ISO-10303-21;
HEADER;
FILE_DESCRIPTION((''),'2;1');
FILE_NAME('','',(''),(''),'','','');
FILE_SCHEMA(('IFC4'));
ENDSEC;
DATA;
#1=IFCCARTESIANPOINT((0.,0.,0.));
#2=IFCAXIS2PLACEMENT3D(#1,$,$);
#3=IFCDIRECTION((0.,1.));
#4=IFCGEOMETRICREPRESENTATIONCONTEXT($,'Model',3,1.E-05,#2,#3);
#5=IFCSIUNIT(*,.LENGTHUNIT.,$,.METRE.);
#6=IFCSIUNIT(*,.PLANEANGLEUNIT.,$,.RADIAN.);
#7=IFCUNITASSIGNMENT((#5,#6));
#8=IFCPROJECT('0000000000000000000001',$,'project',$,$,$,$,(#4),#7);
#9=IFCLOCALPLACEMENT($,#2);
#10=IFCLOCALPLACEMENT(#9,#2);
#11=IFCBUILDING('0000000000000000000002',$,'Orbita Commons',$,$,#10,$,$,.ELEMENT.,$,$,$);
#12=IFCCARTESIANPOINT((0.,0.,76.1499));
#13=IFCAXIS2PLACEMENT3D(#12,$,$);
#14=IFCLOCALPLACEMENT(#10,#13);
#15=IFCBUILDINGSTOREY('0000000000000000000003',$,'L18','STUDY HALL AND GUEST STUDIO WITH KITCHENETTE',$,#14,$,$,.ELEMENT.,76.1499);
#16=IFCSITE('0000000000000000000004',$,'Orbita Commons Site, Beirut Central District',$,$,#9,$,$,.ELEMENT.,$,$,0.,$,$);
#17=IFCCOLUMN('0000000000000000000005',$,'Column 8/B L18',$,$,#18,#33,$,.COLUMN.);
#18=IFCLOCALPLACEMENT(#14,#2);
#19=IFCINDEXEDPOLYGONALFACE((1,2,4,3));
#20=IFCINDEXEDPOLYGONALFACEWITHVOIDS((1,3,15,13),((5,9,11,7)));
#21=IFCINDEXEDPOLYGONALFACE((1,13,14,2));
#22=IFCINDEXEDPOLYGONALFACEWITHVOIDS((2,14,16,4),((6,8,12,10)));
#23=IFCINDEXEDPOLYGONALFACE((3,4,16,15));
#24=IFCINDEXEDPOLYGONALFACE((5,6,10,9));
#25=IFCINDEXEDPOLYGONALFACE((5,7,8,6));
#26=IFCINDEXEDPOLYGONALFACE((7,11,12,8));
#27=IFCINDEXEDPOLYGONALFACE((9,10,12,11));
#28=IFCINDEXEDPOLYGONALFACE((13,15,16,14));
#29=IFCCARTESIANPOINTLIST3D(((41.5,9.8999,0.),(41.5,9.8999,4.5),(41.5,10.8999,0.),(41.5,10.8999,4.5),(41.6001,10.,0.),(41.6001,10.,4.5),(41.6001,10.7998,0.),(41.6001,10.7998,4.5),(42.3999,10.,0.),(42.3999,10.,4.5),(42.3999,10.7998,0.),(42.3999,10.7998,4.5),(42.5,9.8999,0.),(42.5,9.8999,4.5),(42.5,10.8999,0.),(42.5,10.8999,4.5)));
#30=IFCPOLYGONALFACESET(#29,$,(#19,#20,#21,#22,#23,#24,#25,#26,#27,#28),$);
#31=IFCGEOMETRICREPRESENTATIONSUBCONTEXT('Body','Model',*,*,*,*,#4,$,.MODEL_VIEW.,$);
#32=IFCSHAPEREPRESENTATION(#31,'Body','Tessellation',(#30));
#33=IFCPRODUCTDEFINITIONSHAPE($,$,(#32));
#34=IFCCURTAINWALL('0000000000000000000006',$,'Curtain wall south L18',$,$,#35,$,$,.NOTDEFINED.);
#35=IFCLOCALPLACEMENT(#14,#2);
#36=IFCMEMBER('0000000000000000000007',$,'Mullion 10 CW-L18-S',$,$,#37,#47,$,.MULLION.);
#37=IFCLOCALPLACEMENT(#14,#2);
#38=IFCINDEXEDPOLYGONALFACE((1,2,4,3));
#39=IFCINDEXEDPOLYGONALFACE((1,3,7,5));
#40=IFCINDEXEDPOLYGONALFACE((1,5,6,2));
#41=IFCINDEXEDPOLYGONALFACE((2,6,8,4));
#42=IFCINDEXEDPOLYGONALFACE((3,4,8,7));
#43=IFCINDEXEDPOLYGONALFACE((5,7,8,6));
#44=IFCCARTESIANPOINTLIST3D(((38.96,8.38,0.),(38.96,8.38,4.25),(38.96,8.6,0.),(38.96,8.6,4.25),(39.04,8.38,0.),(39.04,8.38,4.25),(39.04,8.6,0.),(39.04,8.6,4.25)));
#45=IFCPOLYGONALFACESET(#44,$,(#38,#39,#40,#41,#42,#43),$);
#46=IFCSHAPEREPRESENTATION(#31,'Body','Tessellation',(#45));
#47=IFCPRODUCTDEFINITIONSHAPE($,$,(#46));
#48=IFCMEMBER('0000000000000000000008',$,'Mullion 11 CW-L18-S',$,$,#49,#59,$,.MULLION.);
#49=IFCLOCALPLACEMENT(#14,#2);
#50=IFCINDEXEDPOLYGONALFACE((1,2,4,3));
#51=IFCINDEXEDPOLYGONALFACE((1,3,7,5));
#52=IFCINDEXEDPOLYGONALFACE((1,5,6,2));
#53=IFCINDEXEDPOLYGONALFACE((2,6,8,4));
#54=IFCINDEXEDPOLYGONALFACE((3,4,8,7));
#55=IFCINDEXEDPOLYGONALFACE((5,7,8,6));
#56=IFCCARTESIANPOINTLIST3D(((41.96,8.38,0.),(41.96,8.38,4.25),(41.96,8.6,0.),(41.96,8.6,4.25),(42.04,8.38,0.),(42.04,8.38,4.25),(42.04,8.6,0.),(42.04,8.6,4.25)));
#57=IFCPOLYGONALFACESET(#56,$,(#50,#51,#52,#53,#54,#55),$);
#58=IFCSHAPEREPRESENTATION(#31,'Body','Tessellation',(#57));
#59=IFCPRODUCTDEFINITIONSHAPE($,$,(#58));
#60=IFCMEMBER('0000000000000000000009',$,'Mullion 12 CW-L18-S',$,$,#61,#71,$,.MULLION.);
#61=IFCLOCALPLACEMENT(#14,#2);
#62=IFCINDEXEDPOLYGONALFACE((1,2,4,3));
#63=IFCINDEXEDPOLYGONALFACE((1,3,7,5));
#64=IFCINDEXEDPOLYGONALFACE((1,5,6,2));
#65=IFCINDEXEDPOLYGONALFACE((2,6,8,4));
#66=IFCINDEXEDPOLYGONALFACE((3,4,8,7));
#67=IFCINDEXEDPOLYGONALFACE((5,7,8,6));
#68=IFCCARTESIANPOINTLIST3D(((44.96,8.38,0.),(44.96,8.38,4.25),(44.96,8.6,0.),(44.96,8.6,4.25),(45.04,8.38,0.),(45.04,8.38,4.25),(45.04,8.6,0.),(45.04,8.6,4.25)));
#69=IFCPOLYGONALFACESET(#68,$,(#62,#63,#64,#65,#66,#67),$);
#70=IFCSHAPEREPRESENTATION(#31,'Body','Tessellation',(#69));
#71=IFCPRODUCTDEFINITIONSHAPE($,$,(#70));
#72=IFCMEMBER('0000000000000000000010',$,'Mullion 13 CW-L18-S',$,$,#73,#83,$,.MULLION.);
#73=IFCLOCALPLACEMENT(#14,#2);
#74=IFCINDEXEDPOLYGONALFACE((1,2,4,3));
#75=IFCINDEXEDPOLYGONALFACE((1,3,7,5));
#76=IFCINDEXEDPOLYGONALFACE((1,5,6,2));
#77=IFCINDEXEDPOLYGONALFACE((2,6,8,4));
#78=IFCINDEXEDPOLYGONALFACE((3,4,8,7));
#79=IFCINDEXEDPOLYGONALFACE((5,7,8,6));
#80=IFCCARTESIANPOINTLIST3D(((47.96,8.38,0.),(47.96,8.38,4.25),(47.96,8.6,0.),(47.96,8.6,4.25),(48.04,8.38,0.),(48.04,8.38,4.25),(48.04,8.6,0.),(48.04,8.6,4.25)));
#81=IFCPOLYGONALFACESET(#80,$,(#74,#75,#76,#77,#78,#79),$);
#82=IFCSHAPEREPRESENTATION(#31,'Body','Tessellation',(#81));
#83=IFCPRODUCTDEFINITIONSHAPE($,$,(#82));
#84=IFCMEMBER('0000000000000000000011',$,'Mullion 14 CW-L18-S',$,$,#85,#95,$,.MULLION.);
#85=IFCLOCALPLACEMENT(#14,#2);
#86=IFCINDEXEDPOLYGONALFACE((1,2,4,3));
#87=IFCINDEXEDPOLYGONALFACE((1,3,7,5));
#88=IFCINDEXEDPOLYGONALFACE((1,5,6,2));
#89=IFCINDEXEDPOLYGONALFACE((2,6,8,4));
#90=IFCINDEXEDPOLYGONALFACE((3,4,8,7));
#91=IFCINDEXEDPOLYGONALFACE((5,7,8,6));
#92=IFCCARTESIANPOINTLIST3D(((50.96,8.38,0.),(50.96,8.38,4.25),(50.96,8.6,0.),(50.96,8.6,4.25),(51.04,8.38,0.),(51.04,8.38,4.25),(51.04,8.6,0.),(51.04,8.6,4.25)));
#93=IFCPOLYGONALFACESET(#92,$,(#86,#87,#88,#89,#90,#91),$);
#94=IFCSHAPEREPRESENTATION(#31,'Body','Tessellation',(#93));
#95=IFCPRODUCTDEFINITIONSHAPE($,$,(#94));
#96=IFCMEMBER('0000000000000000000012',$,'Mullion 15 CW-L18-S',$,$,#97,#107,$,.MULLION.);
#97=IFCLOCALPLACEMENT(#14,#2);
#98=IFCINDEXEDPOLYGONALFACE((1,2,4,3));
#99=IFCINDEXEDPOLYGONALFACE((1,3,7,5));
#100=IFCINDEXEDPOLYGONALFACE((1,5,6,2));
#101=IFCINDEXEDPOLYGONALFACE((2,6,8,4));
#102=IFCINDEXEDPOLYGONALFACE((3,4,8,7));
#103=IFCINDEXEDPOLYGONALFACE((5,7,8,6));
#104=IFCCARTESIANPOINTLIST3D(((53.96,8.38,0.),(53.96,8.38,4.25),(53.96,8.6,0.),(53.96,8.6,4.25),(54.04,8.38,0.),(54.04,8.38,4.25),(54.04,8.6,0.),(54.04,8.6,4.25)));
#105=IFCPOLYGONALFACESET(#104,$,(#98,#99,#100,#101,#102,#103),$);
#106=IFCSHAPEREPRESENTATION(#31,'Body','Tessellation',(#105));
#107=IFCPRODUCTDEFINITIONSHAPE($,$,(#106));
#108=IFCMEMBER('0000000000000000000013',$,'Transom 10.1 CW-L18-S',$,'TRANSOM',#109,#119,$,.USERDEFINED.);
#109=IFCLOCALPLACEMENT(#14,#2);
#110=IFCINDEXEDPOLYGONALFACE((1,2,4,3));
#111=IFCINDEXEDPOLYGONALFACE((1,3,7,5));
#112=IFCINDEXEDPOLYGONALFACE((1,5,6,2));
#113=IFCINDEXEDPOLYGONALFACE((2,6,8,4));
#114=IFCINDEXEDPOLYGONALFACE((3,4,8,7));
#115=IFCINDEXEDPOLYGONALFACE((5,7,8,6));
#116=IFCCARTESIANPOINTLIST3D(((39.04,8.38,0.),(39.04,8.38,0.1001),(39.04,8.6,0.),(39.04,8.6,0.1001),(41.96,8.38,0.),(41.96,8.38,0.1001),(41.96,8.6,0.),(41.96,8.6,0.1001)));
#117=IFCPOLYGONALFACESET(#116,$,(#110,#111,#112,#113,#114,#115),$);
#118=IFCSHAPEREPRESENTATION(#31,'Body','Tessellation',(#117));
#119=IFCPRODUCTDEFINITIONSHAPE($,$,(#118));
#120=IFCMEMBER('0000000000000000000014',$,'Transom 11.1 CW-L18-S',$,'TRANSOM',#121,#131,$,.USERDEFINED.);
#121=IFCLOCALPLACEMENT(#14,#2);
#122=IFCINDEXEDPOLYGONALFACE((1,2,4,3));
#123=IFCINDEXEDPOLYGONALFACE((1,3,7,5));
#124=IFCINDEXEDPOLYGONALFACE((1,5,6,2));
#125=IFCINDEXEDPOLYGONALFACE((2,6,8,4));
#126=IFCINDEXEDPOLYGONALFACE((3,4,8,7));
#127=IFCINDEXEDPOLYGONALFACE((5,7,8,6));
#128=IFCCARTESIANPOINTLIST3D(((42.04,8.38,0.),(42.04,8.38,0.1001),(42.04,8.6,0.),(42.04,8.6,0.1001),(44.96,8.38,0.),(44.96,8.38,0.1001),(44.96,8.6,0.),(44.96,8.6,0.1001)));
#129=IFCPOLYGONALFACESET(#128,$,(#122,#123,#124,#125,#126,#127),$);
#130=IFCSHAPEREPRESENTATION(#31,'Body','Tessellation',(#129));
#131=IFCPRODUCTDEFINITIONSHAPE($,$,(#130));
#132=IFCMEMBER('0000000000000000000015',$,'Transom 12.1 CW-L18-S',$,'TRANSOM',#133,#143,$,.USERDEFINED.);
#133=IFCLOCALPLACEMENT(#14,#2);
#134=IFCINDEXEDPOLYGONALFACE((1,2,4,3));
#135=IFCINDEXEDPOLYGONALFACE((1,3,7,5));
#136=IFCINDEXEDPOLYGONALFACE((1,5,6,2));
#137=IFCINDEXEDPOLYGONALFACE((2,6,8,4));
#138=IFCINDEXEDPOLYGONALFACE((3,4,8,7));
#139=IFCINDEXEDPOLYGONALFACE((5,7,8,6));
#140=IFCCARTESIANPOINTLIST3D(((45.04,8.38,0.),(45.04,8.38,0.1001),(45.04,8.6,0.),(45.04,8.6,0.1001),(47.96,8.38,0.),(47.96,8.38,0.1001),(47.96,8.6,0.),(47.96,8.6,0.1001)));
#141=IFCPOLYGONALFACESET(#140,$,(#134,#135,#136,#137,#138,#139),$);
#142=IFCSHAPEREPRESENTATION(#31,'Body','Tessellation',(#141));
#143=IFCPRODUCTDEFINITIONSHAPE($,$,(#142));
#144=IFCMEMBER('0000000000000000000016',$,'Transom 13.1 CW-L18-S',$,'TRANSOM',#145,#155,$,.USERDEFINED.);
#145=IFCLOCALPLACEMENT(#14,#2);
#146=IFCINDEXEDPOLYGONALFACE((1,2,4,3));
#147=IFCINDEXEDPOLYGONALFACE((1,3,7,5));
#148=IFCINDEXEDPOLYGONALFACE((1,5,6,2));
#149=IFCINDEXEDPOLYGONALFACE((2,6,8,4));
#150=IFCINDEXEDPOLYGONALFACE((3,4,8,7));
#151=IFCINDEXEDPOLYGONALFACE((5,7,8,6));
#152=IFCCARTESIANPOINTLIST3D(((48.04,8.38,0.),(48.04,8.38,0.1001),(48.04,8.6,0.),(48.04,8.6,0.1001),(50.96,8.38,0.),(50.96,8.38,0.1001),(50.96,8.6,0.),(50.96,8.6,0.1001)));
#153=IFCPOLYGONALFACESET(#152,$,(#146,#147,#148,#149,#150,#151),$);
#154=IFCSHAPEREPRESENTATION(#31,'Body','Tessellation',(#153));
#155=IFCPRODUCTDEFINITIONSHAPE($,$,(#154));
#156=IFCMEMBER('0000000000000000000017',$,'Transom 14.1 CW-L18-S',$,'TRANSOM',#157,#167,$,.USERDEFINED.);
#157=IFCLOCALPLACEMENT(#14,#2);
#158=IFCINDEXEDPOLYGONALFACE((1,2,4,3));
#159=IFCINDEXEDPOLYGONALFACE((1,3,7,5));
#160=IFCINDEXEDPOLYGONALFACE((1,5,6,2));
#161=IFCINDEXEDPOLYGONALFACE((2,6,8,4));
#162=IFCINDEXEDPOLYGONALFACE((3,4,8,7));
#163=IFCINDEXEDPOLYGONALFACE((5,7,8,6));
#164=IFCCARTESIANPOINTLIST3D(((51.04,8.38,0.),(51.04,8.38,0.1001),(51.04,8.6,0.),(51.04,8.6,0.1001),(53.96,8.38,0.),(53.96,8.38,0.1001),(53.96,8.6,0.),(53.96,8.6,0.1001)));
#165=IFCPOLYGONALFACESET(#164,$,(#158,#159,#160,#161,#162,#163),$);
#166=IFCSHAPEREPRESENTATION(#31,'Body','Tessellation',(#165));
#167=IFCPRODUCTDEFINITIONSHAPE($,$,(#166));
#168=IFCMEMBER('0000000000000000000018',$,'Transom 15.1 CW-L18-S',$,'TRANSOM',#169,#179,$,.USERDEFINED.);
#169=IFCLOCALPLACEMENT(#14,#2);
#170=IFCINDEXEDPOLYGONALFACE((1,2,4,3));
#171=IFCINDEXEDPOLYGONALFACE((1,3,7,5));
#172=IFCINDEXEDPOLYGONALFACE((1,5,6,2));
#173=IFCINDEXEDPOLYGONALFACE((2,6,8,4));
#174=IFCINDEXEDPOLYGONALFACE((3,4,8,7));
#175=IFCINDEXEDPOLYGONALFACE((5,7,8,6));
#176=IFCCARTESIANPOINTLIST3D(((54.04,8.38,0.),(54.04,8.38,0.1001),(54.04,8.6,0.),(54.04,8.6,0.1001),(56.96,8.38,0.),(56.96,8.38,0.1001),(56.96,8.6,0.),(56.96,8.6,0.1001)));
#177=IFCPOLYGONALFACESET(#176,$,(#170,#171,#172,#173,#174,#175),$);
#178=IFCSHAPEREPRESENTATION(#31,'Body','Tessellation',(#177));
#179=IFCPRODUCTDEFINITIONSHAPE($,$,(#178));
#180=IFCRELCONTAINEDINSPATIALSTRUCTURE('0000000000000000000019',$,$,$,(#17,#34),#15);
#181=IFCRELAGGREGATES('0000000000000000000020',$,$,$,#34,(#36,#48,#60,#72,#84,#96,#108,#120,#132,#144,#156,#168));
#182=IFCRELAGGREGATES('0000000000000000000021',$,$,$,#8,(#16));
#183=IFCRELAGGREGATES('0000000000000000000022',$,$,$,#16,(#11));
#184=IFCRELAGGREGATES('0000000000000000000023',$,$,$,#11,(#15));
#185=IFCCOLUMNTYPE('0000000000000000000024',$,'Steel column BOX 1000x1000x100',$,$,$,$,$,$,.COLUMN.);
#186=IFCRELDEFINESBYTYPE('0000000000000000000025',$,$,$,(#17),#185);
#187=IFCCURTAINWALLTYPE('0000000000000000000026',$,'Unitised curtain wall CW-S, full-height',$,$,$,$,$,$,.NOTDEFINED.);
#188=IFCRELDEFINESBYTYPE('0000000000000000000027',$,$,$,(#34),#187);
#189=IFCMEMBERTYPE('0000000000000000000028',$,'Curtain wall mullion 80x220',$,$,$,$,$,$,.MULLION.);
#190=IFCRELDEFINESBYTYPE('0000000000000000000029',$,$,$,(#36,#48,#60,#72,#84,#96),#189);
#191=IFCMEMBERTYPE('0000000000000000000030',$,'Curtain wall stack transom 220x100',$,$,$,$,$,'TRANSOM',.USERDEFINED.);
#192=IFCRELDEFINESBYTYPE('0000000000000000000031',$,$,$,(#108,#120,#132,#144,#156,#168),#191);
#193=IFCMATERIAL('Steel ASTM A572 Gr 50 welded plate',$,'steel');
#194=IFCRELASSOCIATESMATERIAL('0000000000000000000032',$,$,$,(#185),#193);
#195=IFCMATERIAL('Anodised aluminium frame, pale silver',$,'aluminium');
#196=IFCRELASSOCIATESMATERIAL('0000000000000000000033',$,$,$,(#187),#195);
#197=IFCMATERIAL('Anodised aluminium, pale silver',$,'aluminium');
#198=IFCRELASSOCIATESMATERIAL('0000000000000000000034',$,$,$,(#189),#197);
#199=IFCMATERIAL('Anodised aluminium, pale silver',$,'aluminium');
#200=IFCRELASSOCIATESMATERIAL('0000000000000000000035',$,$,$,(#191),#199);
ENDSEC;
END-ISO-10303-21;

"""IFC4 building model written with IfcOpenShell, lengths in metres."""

from ifc_helpers import new_model, si_unit, direction, frame, origin, origin_2d, place, context, subcontext, project, spatial, rectangle, hollow_rectangle, extrude, material, material_profile, profile_set, type_object, element, aggregate, save


model = new_model("IFC4")

# Units and contexts
model_context = context("Model", 3, precision=1e-05, world=origin(), true_north=direction((0.0, 1.0)))
body_context = subcontext(model_context, "Body", "Model", "MODEL_VIEW")
ifc_project = project(units=[si_unit("LENGTHUNIT", "METRE"), si_unit("PLANEANGLEUNIT", "RADIAN")], contexts=[model_context])

# Site, building, storey
site_placement = place(None, origin())
site = spatial("IfcSite", under=ifc_project, at=site_placement, Name="Orbita Commons Site, Beirut Central District", CompositionType="ELEMENT", RefElevation=0.0)
building_placement = place(site_placement, origin())
building = spatial("IfcBuilding", under=site, at=building_placement, Name="Orbita Commons", CompositionType="ELEMENT")
storey_placement = place(building_placement, frame((0.0, 0.0, 76.1499)))
storey = spatial("IfcBuildingStorey", under=building, at=storey_placement, Name="L18", Description="STUDY HALL AND GUEST STUDIO WITH KITCHENETTE", CompositionType="ELEMENT", Elevation=76.1499)

# Column
ifc_material_1 = material(Name="Steel ASTM A572 Gr 50 welded plate", Category="steel")
ifc_material_profile_1 = material_profile(ifc_material_1, hollow_rectangle(XDim=1.0, YDim=1.0, WallThickness=0.1001, at=origin_2d()), Name="BOX 1000x1000x100")
ifc_profile_set_1 = profile_set([ifc_material_profile_1], Name="Steel ASTM A572 Gr 50 welded plate")
column_type = type_object("IfcColumnType", Name="Steel column BOX 1000x1000x100", PredefinedType="COLUMN", material=ifc_profile_set_1)
column_placement = place(storey_placement, frame((42.0, 10.3999, 0.0), z_axis=(0.0, 0.0, 1.0), x_axis=(1.0, 0.0, 0.0)))
element("IfcColumn", 1, at=column_placement, inside=storey, type_object=column_type, Name="Column 8/B L18", PredefinedType="COLUMN", context=body_context, shape_type="SweptSolid", body=[
    extrude(hollow_rectangle(XDim=1.0, YDim=1.0, WallThickness=0.1001, at=origin_2d()), origin(), (0.0, 0.0, 1.0), 4.5),
])

# Curtain wall, members
ifc_material_2 = material(Name="Anodised aluminium frame, pale silver", Category="aluminium")
curtain_wall_type = type_object("IfcCurtainWallType", Name="Unitised curtain wall CW-S, full-height", PredefinedType="NOTDEFINED", material=ifc_material_2)
curtain_wall_placement = place(storey_placement, origin())
curtain_wall = element("IfcCurtainWall", 2, at=curtain_wall_placement, inside=storey, type_object=curtain_wall_type, Name="Curtain wall south L18", PredefinedType="NOTDEFINED")
ifc_material_3 = material(Name="Anodised aluminium, pale silver", Category="aluminium")
ifc_material_profile_2 = material_profile(ifc_material_3, rectangle(XDim=0.0801, YDim=0.22, at=origin_2d()), Name="AL 80x220")
ifc_profile_set_2 = profile_set([ifc_material_profile_2], Name="Anodised aluminium, pale silver")
member_type_1 = type_object("IfcMemberType", Name="Curtain wall mullion 80x220", PredefinedType="MULLION", material=ifc_profile_set_2)
member_1_placement = place(storey_placement, frame((39.0, 8.49, 0.0), z_axis=(0.0, 0.0, 1.0), x_axis=(1.0, 0.0, 0.0)))
member_1 = element("IfcMember", 3, at=member_1_placement, type_object=member_type_1, Name="Mullion 10 CW-L18-S", PredefinedType="MULLION", context=body_context, shape_type="SweptSolid", body=[
    extrude(rectangle(XDim=0.0801, YDim=0.22, at=origin_2d()), origin(), (0.0, 0.0, 1.0), 4.25),
])
member_2_placement = place(storey_placement, frame((42.0, 8.49, 0.0), z_axis=(0.0, 0.0, 1.0), x_axis=(1.0, 0.0, 0.0)))
member_2 = element("IfcMember", 4, at=member_2_placement, type_object=member_type_1, Name="Mullion 11 CW-L18-S", PredefinedType="MULLION", context=body_context, shape_type="SweptSolid", body=[
    extrude(rectangle(XDim=0.0801, YDim=0.22, at=origin_2d()), origin(), (0.0, 0.0, 1.0), 4.25),
])
member_3_placement = place(storey_placement, frame((45.0, 8.49, 0.0), z_axis=(0.0, 0.0, 1.0), x_axis=(1.0, 0.0, 0.0)))
member_3 = element("IfcMember", 5, at=member_3_placement, type_object=member_type_1, Name="Mullion 12 CW-L18-S", PredefinedType="MULLION", context=body_context, shape_type="SweptSolid", body=[
    extrude(rectangle(XDim=0.0801, YDim=0.22, at=origin_2d()), origin(), (0.0, 0.0, 1.0), 4.25),
])
member_4_placement = place(storey_placement, frame((48.0, 8.49, 0.0), z_axis=(0.0, 0.0, 1.0), x_axis=(1.0, 0.0, 0.0)))
member_4 = element("IfcMember", 6, at=member_4_placement, type_object=member_type_1, Name="Mullion 13 CW-L18-S", PredefinedType="MULLION", context=body_context, shape_type="SweptSolid", body=[
    extrude(rectangle(XDim=0.0801, YDim=0.22, at=origin_2d()), origin(), (0.0, 0.0, 1.0), 4.25),
])
member_5_placement = place(storey_placement, frame((51.0, 8.49, 0.0), z_axis=(0.0, 0.0, 1.0), x_axis=(1.0, 0.0, 0.0)))
member_5 = element("IfcMember", 7, at=member_5_placement, type_object=member_type_1, Name="Mullion 14 CW-L18-S", PredefinedType="MULLION", context=body_context, shape_type="SweptSolid", body=[
    extrude(rectangle(XDim=0.0801, YDim=0.22, at=origin_2d()), origin(), (0.0, 0.0, 1.0), 4.25),
])
member_6_placement = place(storey_placement, frame((54.0, 8.49, 0.0), z_axis=(0.0, 0.0, 1.0), x_axis=(1.0, 0.0, 0.0)))
member_6 = element("IfcMember", 8, at=member_6_placement, type_object=member_type_1, Name="Mullion 15 CW-L18-S", PredefinedType="MULLION", context=body_context, shape_type="SweptSolid", body=[
    extrude(rectangle(XDim=0.0801, YDim=0.22, at=origin_2d()), origin(), (0.0, 0.0, 1.0), 4.25),
])
ifc_material_4 = material(Name="Anodised aluminium, pale silver", Category="aluminium")
ifc_material_profile_3 = material_profile(ifc_material_4, rectangle(XDim=0.22, YDim=0.1001, at=origin_2d()), Name="AL 220x100")
ifc_profile_set_3 = profile_set([ifc_material_profile_3], Name="Anodised aluminium, pale silver")
member_type_2 = type_object("IfcMemberType", Name="Curtain wall stack transom 220x100", ElementType="TRANSOM", PredefinedType="USERDEFINED", material=ifc_profile_set_3)
member_7_placement = place(storey_placement, frame((39.04, 8.49, 0.05), z_axis=(1.0, 0.0, 0.0), x_axis=(0.0, 1.0, 0.0)))
member_7 = element("IfcMember", 9, at=member_7_placement, type_object=member_type_2, Name="Transom 10.1 CW-L18-S", ObjectType="TRANSOM", PredefinedType="USERDEFINED", context=body_context, shape_type="SweptSolid", body=[
    extrude(rectangle(XDim=0.22, YDim=0.1001, at=origin_2d()), origin(), (0.0, 0.0, 1.0), 2.9199),
])
member_8_placement = place(storey_placement, frame((42.04, 8.49, 0.05), z_axis=(1.0, 0.0, 0.0), x_axis=(0.0, 1.0, 0.0)))
member_8 = element("IfcMember", 10, at=member_8_placement, type_object=member_type_2, Name="Transom 11.1 CW-L18-S", ObjectType="TRANSOM", PredefinedType="USERDEFINED", context=body_context, shape_type="SweptSolid", body=[
    extrude(rectangle(XDim=0.22, YDim=0.1001, at=origin_2d()), origin(), (0.0, 0.0, 1.0), 2.9199),
])
member_9_placement = place(storey_placement, frame((45.04, 8.49, 0.05), z_axis=(1.0, 0.0, 0.0), x_axis=(0.0, 1.0, 0.0)))
member_9 = element("IfcMember", 11, at=member_9_placement, type_object=member_type_2, Name="Transom 12.1 CW-L18-S", ObjectType="TRANSOM", PredefinedType="USERDEFINED", context=body_context, shape_type="SweptSolid", body=[
    extrude(rectangle(XDim=0.22, YDim=0.1001, at=origin_2d()), origin(), (0.0, 0.0, 1.0), 2.9199),
])
member_10_placement = place(storey_placement, frame((48.04, 8.49, 0.05), z_axis=(1.0, 0.0, 0.0), x_axis=(0.0, 1.0, 0.0)))
member_10 = element("IfcMember", 12, at=member_10_placement, type_object=member_type_2, Name="Transom 13.1 CW-L18-S", ObjectType="TRANSOM", PredefinedType="USERDEFINED", context=body_context, shape_type="SweptSolid", body=[
    extrude(rectangle(XDim=0.22, YDim=0.1001, at=origin_2d()), origin(), (0.0, 0.0, 1.0), 2.9199),
])
member_11_placement = place(storey_placement, frame((51.04, 8.49, 0.05), z_axis=(1.0, 0.0, 0.0), x_axis=(0.0, 1.0, 0.0)))
member_11 = element("IfcMember", 13, at=member_11_placement, type_object=member_type_2, Name="Transom 14.1 CW-L18-S", ObjectType="TRANSOM", PredefinedType="USERDEFINED", context=body_context, shape_type="SweptSolid", body=[
    extrude(rectangle(XDim=0.22, YDim=0.1001, at=origin_2d()), origin(), (0.0, 0.0, 1.0), 2.9199),
])
member_12_placement = place(storey_placement, frame((54.04, 8.49, 0.05), z_axis=(1.0, 0.0, 0.0), x_axis=(0.0, 1.0, 0.0)))
member_12 = element("IfcMember", 14, at=member_12_placement, type_object=member_type_2, Name="Transom 15.1 CW-L18-S", ObjectType="TRANSOM", PredefinedType="USERDEFINED", context=body_context, shape_type="SweptSolid", body=[
    extrude(rectangle(XDim=0.22, YDim=0.1001, at=origin_2d()), origin(), (0.0, 0.0, 1.0), 2.9199),
])

aggregate(curtain_wall, [member_1, member_2, member_3, member_4, member_5, member_6, member_7, member_8, member_9, member_10, member_11, member_12])

save(model, "model.ifc")
